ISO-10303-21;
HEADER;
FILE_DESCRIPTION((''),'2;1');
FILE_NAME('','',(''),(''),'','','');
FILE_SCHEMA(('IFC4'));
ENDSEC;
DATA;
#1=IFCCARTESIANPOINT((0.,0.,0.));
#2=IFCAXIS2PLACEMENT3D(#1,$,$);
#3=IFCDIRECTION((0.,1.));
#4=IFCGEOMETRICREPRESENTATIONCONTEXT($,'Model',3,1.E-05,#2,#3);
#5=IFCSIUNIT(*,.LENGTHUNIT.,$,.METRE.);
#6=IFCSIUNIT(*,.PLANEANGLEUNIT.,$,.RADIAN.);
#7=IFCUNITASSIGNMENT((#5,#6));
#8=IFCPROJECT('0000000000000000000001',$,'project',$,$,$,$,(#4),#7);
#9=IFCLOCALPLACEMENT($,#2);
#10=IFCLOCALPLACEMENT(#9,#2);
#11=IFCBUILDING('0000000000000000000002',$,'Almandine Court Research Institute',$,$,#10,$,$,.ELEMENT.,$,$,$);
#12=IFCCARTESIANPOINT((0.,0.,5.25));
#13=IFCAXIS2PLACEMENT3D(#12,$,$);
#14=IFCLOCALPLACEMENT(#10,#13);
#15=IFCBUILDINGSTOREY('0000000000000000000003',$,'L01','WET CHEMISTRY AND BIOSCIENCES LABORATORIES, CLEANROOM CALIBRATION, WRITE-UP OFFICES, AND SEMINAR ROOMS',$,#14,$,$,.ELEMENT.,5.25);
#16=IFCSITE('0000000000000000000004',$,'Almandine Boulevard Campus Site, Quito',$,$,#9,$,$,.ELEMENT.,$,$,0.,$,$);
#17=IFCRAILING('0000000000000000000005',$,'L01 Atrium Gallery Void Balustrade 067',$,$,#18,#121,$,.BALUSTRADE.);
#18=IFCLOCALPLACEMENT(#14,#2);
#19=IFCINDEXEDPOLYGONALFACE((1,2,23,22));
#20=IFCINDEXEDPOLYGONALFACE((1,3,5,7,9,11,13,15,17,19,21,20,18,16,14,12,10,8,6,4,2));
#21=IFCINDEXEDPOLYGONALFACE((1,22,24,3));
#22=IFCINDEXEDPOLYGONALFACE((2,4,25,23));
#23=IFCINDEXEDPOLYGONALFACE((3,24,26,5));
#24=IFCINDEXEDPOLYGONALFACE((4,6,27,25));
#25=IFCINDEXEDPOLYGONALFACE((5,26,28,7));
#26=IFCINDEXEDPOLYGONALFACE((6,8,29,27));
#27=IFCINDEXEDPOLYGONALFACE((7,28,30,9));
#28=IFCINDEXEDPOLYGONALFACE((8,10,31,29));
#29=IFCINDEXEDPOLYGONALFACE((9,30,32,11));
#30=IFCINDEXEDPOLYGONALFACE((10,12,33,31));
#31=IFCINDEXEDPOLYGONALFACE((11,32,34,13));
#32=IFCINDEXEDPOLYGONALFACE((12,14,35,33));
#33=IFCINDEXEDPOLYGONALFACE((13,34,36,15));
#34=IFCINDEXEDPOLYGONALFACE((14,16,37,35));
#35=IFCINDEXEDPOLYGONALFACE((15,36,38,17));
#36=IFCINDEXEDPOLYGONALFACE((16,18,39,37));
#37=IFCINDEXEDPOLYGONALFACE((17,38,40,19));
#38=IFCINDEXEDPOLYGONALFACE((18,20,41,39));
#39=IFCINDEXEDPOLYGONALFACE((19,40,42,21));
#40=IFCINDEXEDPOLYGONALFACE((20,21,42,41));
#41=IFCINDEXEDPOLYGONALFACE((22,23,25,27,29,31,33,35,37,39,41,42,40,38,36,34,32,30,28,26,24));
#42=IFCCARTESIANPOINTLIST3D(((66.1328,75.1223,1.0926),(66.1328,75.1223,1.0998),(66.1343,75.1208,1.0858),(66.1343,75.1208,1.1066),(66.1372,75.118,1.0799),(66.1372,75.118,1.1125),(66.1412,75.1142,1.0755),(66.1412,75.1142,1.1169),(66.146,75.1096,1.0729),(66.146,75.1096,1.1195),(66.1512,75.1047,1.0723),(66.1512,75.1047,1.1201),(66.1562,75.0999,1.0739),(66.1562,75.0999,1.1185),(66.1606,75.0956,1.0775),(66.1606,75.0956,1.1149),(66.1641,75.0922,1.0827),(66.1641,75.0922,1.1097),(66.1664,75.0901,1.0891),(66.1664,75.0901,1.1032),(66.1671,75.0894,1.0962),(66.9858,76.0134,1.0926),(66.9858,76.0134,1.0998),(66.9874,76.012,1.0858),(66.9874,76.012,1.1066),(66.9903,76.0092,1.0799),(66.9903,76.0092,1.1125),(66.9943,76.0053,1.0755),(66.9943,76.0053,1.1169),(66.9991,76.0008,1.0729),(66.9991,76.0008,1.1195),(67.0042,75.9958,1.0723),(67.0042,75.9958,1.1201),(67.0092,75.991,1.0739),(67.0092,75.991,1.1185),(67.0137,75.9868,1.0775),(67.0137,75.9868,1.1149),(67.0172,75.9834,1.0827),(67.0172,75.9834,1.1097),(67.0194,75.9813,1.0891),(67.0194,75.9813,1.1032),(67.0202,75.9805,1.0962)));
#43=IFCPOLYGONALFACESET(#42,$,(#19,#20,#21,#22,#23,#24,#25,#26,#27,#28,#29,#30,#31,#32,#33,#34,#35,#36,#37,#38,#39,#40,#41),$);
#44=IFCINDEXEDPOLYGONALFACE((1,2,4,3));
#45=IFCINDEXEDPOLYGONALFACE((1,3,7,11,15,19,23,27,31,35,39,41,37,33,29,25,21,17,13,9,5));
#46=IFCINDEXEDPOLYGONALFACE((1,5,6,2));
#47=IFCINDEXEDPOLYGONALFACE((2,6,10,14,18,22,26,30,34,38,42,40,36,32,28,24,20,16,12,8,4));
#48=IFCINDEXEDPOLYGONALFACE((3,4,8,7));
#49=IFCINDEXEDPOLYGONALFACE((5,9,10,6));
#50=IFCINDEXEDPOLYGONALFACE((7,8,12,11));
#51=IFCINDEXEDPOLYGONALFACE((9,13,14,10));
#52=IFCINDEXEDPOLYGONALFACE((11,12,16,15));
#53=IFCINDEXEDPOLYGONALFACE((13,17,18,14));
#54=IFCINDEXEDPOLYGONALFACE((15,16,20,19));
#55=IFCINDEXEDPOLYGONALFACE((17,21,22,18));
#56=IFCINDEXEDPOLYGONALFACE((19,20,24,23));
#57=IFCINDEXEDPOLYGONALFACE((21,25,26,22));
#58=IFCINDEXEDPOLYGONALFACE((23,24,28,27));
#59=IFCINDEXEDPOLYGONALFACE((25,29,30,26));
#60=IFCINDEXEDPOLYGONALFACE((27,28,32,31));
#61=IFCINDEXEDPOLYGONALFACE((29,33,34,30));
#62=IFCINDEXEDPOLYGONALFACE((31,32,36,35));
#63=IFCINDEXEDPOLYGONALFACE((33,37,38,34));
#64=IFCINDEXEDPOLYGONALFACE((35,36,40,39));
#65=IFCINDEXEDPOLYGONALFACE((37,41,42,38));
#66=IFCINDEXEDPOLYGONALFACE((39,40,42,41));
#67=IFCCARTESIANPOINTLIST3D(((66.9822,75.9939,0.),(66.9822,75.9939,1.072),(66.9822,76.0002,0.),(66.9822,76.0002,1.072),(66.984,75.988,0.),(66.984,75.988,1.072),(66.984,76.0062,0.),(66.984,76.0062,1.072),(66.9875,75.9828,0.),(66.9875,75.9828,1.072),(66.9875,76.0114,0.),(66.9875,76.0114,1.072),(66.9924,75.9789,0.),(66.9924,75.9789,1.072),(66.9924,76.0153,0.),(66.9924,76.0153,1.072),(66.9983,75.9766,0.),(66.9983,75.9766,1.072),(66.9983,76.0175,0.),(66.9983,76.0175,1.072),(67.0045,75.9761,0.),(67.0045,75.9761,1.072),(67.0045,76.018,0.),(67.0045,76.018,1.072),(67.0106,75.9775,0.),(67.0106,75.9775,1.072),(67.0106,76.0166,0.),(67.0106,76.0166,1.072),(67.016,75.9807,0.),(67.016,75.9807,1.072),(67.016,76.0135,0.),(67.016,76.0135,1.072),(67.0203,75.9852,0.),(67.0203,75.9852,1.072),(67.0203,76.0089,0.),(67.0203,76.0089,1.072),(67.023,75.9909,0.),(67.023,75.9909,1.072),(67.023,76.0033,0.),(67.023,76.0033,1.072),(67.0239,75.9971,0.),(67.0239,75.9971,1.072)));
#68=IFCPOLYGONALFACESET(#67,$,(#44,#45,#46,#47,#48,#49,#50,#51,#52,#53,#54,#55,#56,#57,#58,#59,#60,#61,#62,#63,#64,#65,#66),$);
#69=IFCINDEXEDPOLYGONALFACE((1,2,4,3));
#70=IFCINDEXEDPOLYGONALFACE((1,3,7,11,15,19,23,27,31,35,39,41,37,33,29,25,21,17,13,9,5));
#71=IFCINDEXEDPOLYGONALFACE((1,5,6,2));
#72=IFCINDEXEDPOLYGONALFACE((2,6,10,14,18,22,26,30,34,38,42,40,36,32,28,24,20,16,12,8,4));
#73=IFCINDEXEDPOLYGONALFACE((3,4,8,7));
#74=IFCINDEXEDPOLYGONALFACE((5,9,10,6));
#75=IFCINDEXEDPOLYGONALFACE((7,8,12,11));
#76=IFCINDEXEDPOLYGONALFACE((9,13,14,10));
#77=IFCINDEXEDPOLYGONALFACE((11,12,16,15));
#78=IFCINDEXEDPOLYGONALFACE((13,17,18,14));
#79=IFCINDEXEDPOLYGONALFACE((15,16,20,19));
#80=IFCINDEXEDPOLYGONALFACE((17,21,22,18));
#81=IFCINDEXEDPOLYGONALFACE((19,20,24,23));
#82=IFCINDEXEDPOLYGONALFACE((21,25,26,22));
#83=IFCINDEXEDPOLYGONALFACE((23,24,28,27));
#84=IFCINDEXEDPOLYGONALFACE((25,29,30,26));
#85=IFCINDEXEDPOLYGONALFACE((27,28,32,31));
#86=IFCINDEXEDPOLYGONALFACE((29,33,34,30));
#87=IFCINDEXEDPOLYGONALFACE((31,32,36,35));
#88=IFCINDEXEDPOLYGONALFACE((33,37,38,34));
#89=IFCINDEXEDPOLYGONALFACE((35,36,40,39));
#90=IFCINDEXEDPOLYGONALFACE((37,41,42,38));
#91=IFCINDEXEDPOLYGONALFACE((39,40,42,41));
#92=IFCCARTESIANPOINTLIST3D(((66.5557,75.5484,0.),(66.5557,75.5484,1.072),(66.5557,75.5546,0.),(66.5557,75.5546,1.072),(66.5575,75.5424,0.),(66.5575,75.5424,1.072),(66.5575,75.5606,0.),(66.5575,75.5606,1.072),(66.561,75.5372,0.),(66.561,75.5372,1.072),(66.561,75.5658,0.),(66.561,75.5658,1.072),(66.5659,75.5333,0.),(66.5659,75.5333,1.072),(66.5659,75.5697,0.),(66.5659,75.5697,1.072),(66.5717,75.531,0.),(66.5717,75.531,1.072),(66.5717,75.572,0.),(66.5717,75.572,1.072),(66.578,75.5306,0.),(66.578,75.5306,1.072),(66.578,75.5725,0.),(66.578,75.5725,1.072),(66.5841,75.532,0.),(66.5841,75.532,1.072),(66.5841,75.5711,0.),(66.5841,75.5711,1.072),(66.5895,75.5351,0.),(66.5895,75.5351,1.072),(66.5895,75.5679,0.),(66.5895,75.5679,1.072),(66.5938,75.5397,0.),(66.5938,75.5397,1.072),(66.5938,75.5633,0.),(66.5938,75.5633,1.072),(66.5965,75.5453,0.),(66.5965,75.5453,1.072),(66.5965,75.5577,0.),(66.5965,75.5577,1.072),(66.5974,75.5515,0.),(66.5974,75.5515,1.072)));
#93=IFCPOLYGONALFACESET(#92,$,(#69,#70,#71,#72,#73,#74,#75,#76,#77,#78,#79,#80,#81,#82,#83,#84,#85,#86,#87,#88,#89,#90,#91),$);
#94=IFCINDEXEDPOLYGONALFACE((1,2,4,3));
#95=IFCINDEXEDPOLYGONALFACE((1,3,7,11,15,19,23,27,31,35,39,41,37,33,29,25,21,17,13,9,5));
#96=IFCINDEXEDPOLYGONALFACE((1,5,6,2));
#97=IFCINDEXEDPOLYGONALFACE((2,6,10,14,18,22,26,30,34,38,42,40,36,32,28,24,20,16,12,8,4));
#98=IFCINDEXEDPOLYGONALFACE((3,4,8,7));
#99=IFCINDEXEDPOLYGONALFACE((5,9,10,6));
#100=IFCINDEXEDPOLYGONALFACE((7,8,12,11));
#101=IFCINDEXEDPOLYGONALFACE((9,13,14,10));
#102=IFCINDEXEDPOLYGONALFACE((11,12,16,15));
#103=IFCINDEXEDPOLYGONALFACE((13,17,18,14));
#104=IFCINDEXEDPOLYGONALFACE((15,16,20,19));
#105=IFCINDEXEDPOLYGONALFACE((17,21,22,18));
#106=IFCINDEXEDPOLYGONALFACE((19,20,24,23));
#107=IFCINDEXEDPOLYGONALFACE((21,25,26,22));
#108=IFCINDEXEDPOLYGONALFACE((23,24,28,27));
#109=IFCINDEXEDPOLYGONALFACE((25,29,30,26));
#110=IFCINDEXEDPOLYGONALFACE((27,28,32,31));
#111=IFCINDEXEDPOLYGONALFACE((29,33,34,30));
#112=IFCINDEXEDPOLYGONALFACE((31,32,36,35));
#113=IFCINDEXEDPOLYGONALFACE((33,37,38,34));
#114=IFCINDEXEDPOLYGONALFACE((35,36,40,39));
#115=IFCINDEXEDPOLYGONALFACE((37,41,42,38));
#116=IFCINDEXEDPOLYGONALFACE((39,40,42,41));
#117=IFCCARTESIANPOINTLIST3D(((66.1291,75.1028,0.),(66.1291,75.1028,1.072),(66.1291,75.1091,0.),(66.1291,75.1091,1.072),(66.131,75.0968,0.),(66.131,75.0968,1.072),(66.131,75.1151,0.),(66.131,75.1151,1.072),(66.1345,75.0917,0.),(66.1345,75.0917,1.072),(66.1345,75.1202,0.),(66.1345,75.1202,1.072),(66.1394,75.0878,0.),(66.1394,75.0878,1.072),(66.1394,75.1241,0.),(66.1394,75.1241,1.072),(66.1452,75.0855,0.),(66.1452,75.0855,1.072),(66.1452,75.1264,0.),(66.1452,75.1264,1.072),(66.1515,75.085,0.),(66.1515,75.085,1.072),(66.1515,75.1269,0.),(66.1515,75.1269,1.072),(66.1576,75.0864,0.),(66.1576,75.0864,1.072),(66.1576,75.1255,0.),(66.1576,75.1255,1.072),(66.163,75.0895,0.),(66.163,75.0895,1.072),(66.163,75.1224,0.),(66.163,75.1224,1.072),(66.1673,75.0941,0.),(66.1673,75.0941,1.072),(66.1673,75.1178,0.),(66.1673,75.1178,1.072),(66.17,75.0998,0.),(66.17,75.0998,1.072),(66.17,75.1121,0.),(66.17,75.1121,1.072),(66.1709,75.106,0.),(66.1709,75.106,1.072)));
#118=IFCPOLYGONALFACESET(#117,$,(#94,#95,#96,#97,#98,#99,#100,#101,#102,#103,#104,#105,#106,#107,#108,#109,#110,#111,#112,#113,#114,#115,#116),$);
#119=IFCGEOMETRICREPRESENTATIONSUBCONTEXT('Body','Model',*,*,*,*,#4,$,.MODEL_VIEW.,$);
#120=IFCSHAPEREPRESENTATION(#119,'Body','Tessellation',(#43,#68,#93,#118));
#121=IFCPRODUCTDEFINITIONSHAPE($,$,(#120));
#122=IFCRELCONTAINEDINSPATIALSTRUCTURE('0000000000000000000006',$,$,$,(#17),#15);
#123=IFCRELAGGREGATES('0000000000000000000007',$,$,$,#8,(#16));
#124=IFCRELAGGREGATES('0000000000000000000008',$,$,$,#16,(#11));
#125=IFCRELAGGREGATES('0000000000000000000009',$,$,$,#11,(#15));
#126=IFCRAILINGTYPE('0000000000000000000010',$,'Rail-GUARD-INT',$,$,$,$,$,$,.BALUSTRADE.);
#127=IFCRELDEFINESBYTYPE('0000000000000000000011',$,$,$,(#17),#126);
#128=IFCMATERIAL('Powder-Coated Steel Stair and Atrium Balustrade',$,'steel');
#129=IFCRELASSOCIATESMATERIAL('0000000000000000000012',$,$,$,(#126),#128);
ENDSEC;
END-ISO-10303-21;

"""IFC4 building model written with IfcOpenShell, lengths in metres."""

from ifc_helpers import new_model, si_unit, direction, frame, origin, origin_2d, place, context, subcontext, project, spatial, circle, extrude, material, type_object, element, save


model = new_model("IFC4")

# Units and contexts
model_context = context("Model", 3, precision=1e-05, world=origin(), true_north=direction((0.0, 1.0)))
body_context = subcontext(model_context, "Body", "Model", "MODEL_VIEW")
ifc_project = project(units=[si_unit("LENGTHUNIT", "METRE"), si_unit("PLANEANGLEUNIT", "RADIAN")], contexts=[model_context])

# Site, building, storey
site_placement = place(None, origin())
site = spatial("IfcSite", under=ifc_project, at=site_placement, Name="Almandine Boulevard Campus Site, Quito", CompositionType="ELEMENT", RefElevation=0.0)
building_placement = place(site_placement, origin())
building = spatial("IfcBuilding", under=site, at=building_placement, Name="Almandine Court Research Institute", CompositionType="ELEMENT")
storey_placement = place(building_placement, frame((0.0, 0.0, 5.25)))
storey = spatial("IfcBuildingStorey", under=building, at=storey_placement, Name="L01", Description="WET CHEMISTRY AND BIOSCIENCES LABORATORIES, CLEANROOM CALIBRATION, WRITE-UP OFFICES, AND SEMINAR ROOMS", CompositionType="ELEMENT", Elevation=5.25)

# Railing
ifc_material_1 = material(Name="Powder-Coated Steel Stair and Atrium Balustrade", Category="steel")
railing_type = type_object("IfcRailingType", Name="Rail-GUARD-INT", PredefinedType="BALUSTRADE", material=ifc_material_1)
railing_1_placement = place(storey_placement, frame((67.0029, 75.9971, 0.0)))
element("IfcRailing", 1, at=railing_1_placement, inside=storey, type_object=railing_type, Name="L01 Atrium Gallery Void Balustrade 067", PredefinedType="BALUSTRADE", context=body_context, shape_type="SweptSolid", body=[
    extrude(circle(Radius=0.0239, at=origin_2d()), frame((0.0, 0.0, 1.0962), z_axis=(-0.691501, -0.722375, 0.0), x_axis=(0.722375, -0.691501, 0.0)), (0.0, 0.0, 1.0), 1.2336),
    extrude(circle(Radius=0.021, at=origin_2d()), origin(), (0.0, 0.0, 1.0), 1.072),
    extrude(circle(Radius=0.021, at=origin_2d()), frame((-0.4265, -0.4456, 0.0)), (0.0, 0.0, 1.0), 1.072),
    extrude(circle(Radius=0.021, at=origin_2d()), frame((-0.853, -0.8911, 0.0)), (0.0, 0.0, 1.0), 1.072),
])

save(model, "model.ifc")
